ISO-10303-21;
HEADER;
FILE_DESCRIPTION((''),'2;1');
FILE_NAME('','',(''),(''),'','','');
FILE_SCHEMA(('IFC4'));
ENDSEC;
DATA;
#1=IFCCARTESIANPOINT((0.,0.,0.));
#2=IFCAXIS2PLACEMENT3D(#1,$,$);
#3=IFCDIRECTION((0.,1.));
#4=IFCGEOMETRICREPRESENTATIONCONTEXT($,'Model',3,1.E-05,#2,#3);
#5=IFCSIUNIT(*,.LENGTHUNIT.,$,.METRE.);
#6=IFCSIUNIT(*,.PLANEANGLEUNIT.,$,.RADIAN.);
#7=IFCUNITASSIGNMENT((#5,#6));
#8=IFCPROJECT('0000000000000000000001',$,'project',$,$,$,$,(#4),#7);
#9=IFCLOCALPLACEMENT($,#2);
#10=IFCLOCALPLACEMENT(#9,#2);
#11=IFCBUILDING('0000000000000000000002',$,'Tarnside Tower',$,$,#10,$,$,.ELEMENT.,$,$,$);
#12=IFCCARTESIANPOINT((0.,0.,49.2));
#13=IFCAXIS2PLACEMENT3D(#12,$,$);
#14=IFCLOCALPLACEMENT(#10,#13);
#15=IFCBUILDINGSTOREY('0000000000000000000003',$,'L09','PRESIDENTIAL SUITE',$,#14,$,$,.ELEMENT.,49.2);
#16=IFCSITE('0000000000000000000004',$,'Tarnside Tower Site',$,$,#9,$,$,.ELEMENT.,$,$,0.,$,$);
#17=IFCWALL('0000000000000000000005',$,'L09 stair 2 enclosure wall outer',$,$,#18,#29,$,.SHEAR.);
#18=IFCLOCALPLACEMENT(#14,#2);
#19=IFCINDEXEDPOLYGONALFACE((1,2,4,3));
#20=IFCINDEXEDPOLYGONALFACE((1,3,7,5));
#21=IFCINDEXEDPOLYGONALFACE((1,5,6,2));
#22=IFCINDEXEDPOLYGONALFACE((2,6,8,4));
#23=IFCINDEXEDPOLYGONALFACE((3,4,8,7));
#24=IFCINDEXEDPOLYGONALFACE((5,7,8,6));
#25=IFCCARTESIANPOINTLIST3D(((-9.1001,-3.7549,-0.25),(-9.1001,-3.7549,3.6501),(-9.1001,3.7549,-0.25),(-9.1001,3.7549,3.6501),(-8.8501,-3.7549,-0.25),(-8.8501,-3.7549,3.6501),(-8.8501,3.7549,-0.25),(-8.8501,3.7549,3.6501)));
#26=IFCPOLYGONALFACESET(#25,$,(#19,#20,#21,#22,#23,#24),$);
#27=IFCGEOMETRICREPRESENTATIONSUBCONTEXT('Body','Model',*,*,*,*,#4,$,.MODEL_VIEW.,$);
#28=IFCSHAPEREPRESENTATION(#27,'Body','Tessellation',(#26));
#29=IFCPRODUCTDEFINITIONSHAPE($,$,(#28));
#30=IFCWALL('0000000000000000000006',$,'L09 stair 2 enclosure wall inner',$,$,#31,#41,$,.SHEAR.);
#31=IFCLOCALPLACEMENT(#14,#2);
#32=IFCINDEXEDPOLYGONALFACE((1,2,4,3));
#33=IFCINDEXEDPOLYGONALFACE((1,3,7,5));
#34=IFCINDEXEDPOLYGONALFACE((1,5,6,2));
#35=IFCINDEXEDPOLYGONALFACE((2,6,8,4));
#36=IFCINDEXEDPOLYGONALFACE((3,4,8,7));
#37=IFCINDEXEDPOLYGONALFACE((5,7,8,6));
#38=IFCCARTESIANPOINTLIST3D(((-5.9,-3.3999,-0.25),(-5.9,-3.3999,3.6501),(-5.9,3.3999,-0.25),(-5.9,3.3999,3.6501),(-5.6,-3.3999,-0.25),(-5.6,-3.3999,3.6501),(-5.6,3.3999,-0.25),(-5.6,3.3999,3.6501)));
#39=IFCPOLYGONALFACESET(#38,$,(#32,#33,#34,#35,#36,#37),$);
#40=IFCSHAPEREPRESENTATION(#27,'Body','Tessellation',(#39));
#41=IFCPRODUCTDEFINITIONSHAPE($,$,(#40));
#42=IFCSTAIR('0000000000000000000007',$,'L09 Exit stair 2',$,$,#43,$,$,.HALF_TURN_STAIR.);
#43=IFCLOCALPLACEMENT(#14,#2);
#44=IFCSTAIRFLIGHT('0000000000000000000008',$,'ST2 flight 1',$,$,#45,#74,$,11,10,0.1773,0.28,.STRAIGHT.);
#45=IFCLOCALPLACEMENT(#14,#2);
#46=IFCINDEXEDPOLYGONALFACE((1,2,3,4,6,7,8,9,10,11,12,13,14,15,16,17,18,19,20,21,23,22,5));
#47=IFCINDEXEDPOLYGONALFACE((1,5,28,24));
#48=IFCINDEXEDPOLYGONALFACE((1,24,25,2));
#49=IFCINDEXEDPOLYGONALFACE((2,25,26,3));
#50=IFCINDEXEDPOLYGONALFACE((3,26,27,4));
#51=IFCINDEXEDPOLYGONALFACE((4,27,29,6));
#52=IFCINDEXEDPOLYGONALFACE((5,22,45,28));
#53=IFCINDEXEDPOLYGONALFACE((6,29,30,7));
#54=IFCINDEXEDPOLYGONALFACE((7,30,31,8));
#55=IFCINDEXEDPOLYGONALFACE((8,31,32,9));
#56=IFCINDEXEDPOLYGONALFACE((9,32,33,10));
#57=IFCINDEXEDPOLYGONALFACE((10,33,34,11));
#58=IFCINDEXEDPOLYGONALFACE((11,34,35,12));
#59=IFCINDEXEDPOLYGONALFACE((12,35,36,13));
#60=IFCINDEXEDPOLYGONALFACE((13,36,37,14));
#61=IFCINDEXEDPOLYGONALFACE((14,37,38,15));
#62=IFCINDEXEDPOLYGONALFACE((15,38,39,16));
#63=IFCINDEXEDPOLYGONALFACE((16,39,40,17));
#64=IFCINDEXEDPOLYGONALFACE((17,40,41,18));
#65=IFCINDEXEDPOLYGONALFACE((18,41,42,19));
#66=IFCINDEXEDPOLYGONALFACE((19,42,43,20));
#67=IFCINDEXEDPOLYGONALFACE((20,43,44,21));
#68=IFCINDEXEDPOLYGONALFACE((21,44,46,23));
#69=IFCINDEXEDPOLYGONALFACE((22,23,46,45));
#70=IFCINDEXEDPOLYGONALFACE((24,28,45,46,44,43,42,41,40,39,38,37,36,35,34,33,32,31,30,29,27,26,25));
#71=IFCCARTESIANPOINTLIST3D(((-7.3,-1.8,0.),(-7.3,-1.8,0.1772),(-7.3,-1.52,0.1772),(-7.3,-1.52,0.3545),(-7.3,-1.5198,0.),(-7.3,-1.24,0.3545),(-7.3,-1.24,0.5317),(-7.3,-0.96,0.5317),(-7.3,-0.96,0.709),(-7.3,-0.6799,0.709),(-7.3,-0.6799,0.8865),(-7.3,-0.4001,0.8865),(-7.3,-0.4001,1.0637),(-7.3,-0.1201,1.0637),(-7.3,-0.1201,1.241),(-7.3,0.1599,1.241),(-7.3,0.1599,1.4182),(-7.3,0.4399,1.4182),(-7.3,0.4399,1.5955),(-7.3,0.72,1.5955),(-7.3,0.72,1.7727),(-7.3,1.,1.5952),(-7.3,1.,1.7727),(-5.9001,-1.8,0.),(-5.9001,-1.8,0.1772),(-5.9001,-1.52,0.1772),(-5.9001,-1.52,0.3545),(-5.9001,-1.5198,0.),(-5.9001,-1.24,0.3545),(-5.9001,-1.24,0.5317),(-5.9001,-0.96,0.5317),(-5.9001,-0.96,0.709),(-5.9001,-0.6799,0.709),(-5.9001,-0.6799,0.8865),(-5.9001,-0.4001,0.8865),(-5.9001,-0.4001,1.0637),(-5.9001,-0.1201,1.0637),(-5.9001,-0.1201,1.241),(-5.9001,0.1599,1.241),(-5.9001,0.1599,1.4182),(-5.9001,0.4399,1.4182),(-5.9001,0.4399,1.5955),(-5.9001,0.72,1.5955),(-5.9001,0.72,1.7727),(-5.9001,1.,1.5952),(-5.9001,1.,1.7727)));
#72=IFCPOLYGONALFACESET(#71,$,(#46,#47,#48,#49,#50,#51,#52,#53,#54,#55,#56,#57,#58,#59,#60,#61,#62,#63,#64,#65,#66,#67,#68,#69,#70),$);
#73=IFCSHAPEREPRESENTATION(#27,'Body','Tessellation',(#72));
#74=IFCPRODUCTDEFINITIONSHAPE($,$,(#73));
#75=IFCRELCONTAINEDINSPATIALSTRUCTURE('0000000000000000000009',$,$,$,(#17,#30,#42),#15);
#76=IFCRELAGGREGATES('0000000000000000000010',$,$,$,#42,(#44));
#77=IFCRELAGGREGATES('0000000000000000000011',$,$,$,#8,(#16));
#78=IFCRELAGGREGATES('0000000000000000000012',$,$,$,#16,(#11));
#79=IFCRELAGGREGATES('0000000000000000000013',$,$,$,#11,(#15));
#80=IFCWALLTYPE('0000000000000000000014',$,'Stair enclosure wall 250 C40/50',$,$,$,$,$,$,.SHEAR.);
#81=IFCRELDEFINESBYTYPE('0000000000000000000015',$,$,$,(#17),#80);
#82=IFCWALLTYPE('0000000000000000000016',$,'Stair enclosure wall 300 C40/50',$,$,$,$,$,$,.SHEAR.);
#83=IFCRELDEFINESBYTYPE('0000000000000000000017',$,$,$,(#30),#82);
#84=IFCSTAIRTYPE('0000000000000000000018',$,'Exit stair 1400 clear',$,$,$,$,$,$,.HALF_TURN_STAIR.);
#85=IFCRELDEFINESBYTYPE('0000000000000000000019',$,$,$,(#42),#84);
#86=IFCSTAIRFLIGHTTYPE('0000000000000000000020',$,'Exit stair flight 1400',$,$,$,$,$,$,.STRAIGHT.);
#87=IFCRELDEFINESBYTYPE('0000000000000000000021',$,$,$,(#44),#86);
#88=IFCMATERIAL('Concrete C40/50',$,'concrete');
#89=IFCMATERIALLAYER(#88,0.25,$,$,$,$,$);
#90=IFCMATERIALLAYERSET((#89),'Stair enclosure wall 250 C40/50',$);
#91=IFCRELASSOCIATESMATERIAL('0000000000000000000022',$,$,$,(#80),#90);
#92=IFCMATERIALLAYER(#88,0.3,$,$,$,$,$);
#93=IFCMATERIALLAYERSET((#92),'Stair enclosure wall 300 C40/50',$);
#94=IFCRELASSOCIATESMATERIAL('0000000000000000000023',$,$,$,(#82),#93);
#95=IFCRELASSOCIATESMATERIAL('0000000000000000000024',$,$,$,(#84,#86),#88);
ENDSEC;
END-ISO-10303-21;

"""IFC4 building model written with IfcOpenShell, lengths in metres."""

from ifc_helpers import new_model, si_unit, direction, frame, frame_2d, origin, place, context, subcontext, project, spatial, polyline, rectangle, outline, extrude, material, layer, layer_set, type_object, element, aggregate, save


model = new_model("IFC4")

# Units and contexts
model_context = context("Model", 3, precision=1e-05, world=origin(), true_north=direction((0.0, 1.0)))
body_context = subcontext(model_context, "Body", "Model", "MODEL_VIEW")
ifc_project = project(units=[si_unit("LENGTHUNIT", "METRE"), si_unit("PLANEANGLEUNIT", "RADIAN")], contexts=[model_context])

# Site, building, storey
site_placement = place(None, origin())
site = spatial("IfcSite", under=ifc_project, at=site_placement, Name="Tarnside Tower Site", CompositionType="ELEMENT", RefElevation=0.0)
building_placement = place(site_placement, origin())
building = spatial("IfcBuilding", under=site, at=building_placement, Name="Tarnside Tower", CompositionType="ELEMENT")
storey_placement = place(building_placement, frame((0.0, 0.0, 49.2)))
storey = spatial("IfcBuildingStorey", under=building, at=storey_placement, Name="L09", Description="PRESIDENTIAL SUITE", CompositionType="ELEMENT", Elevation=49.2)

# Shared definitions
ifc_material_1 = material(Name="Concrete C40/50", Category="concrete")

# Walls
ifc_layer_1 = layer(ifc_material_1, 0.25)
ifc_layer_set_1 = layer_set([ifc_layer_1], Name="Stair enclosure wall 250 C40/50")
wall_type_1 = type_object("IfcWallType", Name="Stair enclosure wall 250 C40/50", PredefinedType="SHEAR", material=ifc_layer_set_1)
wall_1_placement = place(storey_placement, frame((-8.9751, -3.7549, -0.25), z_axis=(0.0, 0.0, 1.0), x_axis=(0.0, 1.0, 0.0)))
element("IfcWall", 1, at=wall_1_placement, inside=storey, type_object=wall_type_1, Name="L09 stair 2 enclosure wall outer", PredefinedType="SHEAR", context=body_context, shape_type="SweptSolid", body=[
    extrude(rectangle(XDim=7.5098, YDim=0.25, at=frame_2d((3.7549, 0.0))), origin(), (0.0, 0.0, 1.0), 3.9001),
])
ifc_layer_2 = layer(ifc_material_1, 0.3)
ifc_layer_set_2 = layer_set([ifc_layer_2], Name="Stair enclosure wall 300 C40/50")
wall_type_2 = type_object("IfcWallType", Name="Stair enclosure wall 300 C40/50", PredefinedType="SHEAR", material=ifc_layer_set_2)
wall_2_placement = place(storey_placement, frame((-5.75, -3.3999, -0.25), z_axis=(0.0, 0.0, 1.0), x_axis=(0.0, 1.0, 0.0)))
element("IfcWall", 2, at=wall_2_placement, inside=storey, type_object=wall_type_2, Name="L09 stair 2 enclosure wall inner", PredefinedType="SHEAR", context=body_context, shape_type="SweptSolid", body=[
    extrude(rectangle(XDim=6.7998, YDim=0.3, at=frame_2d((3.3999, 0.0))), origin(), (0.0, 0.0, 1.0), 3.9001),
])

# Stair, stair flight
stair_type = type_object("IfcStairType", Name="Exit stair 1400 clear", PredefinedType="HALF_TURN_STAIR", material=ifc_material_1)
stair_placement = place(storey_placement, origin())
stair = element("IfcStair", 3, at=stair_placement, inside=storey, type_object=stair_type, Name="L09 Exit stair 2", PredefinedType="HALF_TURN_STAIR")
stair_flight_type = type_object("IfcStairFlightType", Name="Exit stair flight 1400", PredefinedType="STRAIGHT", material=ifc_material_1)
stair_flight_placement = place(storey_placement, frame((-6.6001, -1.8, 0.0), z_axis=(0.0, 0.0, 1.0), x_axis=(0.0, 1.0, 0.0)))
stair_flight = element("IfcStairFlight", 4, at=stair_flight_placement, type_object=stair_flight_type, Name="ST2 flight 1", NumberOfRisers=11, NumberOfTreads=10, PredefinedType="STRAIGHT", RiserHeight=0.1773, TreadLength=0.28, context=body_context, shape_type="SweptSolid", body=[
    extrude(outline(polyline([(0.0, 0.0), (0.0, 0.1772), (0.28, 0.1772), (0.28, 0.3545), (0.5601, 0.3545), (0.5601, 0.5317), (0.8401, 0.5317), (0.8401, 0.709), (1.1201, 0.709), (1.1201, 0.8865), (1.3999, 0.8865), (1.3999, 1.0637), (1.6799, 1.0637), (1.6799, 1.241), (1.96, 1.241), (1.96, 1.4182), (2.24, 1.4182), (2.24, 1.5955), (2.52, 1.5955), (2.52, 1.7727), (2.8, 1.7727), (2.8, 1.95), (2.8, 1.5952), (0.2803, 0.0), (0.0, 0.0)])), frame((0.0, 0.7, 0.0), z_axis=(0.0, -1.0, 0.0), x_axis=(1.0, 0.0, 0.0)), (0.0, 0.0, 1.0), 1.3999),
])
aggregate(stair, [stair_flight])

save(model, "model.ifc")
